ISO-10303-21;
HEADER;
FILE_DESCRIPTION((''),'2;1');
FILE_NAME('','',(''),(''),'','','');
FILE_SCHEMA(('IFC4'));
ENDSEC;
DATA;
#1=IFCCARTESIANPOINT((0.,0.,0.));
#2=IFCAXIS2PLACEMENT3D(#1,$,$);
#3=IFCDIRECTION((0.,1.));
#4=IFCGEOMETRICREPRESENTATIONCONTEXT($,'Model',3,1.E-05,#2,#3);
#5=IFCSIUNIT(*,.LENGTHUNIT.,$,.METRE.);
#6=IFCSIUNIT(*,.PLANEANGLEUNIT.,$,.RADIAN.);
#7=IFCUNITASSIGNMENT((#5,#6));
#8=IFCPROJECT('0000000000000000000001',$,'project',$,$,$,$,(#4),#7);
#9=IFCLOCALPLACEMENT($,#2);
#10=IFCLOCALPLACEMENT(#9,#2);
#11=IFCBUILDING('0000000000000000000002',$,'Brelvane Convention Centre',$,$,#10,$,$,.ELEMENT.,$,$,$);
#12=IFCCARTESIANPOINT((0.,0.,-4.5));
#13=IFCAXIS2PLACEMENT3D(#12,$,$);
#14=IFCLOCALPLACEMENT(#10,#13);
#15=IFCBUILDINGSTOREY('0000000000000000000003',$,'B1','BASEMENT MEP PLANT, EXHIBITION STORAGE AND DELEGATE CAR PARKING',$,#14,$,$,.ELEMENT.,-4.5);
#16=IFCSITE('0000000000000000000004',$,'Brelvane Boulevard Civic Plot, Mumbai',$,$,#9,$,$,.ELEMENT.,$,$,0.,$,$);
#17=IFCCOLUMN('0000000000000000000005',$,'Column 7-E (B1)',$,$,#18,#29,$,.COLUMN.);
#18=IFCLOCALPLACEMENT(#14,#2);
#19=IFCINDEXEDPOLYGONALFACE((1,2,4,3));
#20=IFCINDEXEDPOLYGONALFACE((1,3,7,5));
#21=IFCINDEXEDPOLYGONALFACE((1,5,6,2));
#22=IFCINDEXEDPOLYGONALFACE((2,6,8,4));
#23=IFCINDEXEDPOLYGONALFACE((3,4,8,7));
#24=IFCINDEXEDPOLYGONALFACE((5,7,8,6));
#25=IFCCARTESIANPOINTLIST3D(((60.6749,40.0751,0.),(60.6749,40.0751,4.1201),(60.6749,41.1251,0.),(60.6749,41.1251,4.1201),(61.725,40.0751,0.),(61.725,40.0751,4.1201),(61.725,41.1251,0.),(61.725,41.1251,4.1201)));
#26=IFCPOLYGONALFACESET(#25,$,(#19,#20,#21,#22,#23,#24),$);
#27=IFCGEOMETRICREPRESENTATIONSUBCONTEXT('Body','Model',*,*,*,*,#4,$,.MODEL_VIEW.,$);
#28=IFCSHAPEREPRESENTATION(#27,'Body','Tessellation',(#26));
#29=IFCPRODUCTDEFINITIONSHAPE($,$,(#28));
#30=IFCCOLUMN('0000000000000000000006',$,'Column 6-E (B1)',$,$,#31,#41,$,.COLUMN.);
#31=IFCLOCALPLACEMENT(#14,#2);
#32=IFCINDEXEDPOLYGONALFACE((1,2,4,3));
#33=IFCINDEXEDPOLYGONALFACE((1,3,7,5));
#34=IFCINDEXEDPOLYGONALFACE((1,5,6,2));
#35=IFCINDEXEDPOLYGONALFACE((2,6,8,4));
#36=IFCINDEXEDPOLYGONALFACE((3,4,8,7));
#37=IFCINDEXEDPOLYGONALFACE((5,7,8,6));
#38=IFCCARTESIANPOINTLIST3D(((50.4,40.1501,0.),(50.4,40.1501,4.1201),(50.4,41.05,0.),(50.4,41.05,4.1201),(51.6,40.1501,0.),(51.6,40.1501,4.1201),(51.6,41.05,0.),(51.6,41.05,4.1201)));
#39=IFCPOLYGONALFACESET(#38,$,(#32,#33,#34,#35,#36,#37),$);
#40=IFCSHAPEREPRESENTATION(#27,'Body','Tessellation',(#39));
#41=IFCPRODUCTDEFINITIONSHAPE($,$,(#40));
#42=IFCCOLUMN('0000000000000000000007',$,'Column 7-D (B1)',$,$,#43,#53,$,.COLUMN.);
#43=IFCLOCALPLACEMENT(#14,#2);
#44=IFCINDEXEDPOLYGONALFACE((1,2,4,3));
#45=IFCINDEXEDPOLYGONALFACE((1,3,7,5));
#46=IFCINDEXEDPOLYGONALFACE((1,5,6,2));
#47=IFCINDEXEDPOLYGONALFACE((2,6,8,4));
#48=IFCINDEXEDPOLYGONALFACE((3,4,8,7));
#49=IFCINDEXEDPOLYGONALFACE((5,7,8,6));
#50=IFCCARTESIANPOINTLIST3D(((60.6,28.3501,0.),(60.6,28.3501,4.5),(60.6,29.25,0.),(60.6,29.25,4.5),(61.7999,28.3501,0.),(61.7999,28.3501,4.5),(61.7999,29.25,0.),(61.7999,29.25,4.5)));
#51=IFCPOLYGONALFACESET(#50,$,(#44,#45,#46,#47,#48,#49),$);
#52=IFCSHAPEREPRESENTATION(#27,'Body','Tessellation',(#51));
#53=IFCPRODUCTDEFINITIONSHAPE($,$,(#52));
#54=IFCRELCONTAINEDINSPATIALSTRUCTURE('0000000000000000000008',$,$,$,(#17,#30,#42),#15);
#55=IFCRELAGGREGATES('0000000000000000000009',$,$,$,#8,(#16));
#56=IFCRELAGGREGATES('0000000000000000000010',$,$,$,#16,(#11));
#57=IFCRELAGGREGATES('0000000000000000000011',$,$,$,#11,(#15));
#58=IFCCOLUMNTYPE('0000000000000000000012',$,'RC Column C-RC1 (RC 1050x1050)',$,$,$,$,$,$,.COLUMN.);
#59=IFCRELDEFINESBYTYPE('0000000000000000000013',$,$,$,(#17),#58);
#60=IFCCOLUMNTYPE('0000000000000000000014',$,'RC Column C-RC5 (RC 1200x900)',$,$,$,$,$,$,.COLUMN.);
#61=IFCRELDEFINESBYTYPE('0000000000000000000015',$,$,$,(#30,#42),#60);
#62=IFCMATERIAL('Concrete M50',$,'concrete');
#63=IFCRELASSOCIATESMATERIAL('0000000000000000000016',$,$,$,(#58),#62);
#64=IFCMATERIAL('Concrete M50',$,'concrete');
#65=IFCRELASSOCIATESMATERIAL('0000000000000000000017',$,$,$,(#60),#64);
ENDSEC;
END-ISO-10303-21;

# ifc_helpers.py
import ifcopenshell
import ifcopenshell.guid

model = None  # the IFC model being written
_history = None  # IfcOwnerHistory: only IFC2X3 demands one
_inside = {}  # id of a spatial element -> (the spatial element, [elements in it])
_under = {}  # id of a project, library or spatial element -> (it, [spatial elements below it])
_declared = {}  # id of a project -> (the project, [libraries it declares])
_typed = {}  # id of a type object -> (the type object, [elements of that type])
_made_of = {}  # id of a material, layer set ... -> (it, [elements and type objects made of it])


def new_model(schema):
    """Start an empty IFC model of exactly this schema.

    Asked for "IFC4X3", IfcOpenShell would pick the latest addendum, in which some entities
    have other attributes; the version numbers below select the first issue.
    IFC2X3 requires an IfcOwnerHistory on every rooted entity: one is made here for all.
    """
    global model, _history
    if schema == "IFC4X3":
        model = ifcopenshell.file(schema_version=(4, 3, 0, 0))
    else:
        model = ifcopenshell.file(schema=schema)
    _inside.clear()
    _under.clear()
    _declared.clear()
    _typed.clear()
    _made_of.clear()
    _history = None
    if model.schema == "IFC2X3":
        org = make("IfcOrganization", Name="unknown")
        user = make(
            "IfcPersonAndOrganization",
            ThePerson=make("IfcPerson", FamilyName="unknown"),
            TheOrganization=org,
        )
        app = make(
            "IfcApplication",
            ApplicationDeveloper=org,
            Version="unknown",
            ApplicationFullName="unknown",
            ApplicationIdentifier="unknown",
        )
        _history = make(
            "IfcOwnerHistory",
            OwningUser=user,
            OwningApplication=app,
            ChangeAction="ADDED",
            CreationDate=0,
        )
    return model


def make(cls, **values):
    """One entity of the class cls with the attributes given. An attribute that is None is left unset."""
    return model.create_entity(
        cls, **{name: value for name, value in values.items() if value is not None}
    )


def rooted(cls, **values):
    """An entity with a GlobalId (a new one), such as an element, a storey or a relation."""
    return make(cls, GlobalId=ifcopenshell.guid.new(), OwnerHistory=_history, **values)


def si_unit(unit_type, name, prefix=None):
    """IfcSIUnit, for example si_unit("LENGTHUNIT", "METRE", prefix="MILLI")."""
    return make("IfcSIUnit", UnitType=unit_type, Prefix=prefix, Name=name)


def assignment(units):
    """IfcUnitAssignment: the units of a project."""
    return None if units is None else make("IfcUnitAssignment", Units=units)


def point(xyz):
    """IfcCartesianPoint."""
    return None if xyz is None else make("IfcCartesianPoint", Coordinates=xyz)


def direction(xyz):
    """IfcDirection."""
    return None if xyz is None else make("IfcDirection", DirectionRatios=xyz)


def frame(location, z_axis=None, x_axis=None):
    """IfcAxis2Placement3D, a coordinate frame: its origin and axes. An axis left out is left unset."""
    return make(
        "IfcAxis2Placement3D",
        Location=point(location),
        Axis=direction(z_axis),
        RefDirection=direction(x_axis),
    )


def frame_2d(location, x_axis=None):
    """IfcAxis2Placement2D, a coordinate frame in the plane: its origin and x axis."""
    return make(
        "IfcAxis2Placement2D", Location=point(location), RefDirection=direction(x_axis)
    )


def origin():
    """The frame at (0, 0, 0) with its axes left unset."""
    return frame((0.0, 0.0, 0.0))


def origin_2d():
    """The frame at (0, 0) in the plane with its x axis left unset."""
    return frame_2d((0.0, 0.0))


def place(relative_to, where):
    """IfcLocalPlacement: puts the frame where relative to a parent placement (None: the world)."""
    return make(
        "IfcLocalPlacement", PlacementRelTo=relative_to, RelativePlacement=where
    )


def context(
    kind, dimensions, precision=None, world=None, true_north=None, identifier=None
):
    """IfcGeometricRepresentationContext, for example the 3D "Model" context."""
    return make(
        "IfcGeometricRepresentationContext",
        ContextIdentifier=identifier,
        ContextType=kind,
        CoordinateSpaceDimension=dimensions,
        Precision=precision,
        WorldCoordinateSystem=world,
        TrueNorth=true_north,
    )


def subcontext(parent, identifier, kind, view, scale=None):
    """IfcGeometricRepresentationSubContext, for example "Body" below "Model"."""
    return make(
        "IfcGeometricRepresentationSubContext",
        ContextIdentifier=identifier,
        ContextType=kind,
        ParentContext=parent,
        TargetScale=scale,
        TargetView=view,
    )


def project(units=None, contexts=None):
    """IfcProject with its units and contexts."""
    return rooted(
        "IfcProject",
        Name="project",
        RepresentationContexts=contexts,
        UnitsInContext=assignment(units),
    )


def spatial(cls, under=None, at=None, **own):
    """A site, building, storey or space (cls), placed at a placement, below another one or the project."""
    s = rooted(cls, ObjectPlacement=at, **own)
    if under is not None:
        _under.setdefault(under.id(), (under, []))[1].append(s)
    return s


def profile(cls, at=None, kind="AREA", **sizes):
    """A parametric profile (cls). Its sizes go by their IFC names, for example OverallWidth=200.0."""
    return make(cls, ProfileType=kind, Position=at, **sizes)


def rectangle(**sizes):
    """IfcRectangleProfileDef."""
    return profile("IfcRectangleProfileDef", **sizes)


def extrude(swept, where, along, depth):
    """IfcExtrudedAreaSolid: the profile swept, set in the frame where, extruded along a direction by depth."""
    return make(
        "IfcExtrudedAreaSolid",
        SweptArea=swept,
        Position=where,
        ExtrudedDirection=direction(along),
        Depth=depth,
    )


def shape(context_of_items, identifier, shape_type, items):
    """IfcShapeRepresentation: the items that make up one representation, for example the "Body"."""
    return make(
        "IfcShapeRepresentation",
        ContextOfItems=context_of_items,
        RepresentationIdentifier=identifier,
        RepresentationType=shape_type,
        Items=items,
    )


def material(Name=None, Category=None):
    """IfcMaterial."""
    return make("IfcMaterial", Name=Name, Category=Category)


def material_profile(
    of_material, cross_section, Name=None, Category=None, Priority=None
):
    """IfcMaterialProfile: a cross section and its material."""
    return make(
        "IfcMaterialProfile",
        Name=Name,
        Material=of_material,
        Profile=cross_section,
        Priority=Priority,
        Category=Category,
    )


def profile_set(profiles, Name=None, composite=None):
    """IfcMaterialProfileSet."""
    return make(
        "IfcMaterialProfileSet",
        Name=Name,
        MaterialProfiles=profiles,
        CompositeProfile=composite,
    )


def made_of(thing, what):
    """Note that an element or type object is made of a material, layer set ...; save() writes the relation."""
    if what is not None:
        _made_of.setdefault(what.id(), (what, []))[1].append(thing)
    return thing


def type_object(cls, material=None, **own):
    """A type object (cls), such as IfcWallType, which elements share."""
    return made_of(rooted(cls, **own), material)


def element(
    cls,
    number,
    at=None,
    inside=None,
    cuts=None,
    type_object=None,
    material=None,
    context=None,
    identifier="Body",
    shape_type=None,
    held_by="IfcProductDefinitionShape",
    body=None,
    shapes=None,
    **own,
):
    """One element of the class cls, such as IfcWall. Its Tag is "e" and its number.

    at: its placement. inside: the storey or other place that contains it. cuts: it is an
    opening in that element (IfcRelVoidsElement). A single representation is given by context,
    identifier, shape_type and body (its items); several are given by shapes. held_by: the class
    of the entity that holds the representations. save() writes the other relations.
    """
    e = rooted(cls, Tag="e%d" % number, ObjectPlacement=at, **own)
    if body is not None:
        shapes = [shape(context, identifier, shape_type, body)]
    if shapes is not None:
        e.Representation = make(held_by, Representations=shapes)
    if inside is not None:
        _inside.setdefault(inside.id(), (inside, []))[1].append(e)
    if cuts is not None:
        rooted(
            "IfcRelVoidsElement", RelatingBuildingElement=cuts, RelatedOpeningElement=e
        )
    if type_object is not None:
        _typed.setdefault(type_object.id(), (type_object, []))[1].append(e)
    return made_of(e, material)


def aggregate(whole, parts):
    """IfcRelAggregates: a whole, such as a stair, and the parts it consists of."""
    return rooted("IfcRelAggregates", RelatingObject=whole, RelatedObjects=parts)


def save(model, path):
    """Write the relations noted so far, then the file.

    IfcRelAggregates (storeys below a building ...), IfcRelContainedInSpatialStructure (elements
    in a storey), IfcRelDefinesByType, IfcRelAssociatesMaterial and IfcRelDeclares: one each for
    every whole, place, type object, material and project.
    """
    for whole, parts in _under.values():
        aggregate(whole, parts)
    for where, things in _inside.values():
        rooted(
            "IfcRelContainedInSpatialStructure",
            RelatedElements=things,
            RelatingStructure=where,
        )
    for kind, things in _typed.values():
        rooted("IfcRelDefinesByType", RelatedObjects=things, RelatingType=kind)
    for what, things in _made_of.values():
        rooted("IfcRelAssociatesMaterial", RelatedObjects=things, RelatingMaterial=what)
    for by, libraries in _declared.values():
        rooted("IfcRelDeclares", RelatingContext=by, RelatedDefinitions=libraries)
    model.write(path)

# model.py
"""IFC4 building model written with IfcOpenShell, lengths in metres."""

from ifc_helpers import new_model, si_unit, direction, frame, origin, origin_2d, place, context, subcontext, project, spatial, rectangle, extrude, material, material_profile, profile_set, type_object, element, save


model = new_model("IFC4")

# Units and contexts
model_context = context("Model", 3, precision=1e-05, world=origin(), true_north=direction((0.0, 1.0)))
body_context = subcontext(model_context, "Body", "Model", "MODEL_VIEW")
ifc_project = project(units=[si_unit("LENGTHUNIT", "METRE"), si_unit("PLANEANGLEUNIT", "RADIAN")], contexts=[model_context])

# Site, building, storey
site_placement = place(None, origin())
site = spatial("IfcSite", under=ifc_project, at=site_placement, Name="Brelvane Boulevard Civic Plot, Mumbai", CompositionType="ELEMENT", RefElevation=0.0)
building_placement = place(site_placement, origin())
building = spatial("IfcBuilding", under=site, at=building_placement, Name="Brelvane Convention Centre", CompositionType="ELEMENT")
storey_placement = place(building_placement, frame((0.0, 0.0, -4.5)))
storey = spatial("IfcBuildingStorey", under=building, at=storey_placement, Name="B1", Description="BASEMENT MEP PLANT, EXHIBITION STORAGE AND DELEGATE CAR PARKING", CompositionType="ELEMENT", Elevation=-4.5)

# Columns
ifc_material_1 = material(Name="Concrete M50", Category="concrete")
ifc_material_profile_1 = material_profile(ifc_material_1, rectangle(XDim=1.05, YDim=1.05, at=origin_2d()), Name="RC 1050x1050")
ifc_profile_set_1 = profile_set([ifc_material_profile_1], Name="Concrete M50")
column_type_1 = type_object("IfcColumnType", Name="RC Column C-RC1 (RC 1050x1050)", PredefinedType="COLUMN", material=ifc_profile_set_1)
column_1_placement = place(storey_placement, frame((61.2, 40.6001, 0.0), z_axis=(0.0, 0.0, 1.0), x_axis=(1.0, 0.0, 0.0)))
element("IfcColumn", 1, at=column_1_placement, inside=storey, type_object=column_type_1, Name="Column 7-E (B1)", PredefinedType="COLUMN", context=body_context, shape_type="SweptSolid", body=[
    extrude(rectangle(XDim=1.05, YDim=1.05, at=origin_2d()), origin(), (0.0, 0.0, 1.0), 4.1201),
])
ifc_material_2 = material(Name="Concrete M50", Category="concrete")
ifc_material_profile_2 = material_profile(ifc_material_2, rectangle(XDim=1.2, YDim=0.8999, at=origin_2d()), Name="RC 1200x900")
ifc_profile_set_2 = profile_set([ifc_material_profile_2], Name="Concrete M50")
column_type_2 = type_object("IfcColumnType", Name="RC Column C-RC5 (RC 1200x900)", PredefinedType="COLUMN", material=ifc_profile_set_2)
column_2_placement = place(storey_placement, frame((51.0, 40.6001, 0.0), z_axis=(0.0, 0.0, 1.0), x_axis=(1.0, 0.0, 0.0)))
element("IfcColumn", 2, at=column_2_placement, inside=storey, type_object=column_type_2, Name="Column 6-E (B1)", PredefinedType="COLUMN", context=body_context, shape_type="SweptSolid", body=[
    extrude(rectangle(XDim=1.2, YDim=0.8999, at=origin_2d()), origin(), (0.0, 0.0, 1.0), 4.1201),
])
column_3_placement = place(storey_placement, frame((61.2, 28.8, 0.0), z_axis=(0.0, 0.0, 1.0), x_axis=(1.0, 0.0, 0.0)))
element("IfcColumn", 3, at=column_3_placement, inside=storey, type_object=column_type_2, Name="Column 7-D (B1)", PredefinedType="COLUMN", context=body_context, shape_type="SweptSolid", body=[
    extrude(rectangle(XDim=1.2, YDim=0.8999, at=origin_2d()), origin(), (0.0, 0.0, 1.0), 4.5),
])

save(model, "model.ifc")
